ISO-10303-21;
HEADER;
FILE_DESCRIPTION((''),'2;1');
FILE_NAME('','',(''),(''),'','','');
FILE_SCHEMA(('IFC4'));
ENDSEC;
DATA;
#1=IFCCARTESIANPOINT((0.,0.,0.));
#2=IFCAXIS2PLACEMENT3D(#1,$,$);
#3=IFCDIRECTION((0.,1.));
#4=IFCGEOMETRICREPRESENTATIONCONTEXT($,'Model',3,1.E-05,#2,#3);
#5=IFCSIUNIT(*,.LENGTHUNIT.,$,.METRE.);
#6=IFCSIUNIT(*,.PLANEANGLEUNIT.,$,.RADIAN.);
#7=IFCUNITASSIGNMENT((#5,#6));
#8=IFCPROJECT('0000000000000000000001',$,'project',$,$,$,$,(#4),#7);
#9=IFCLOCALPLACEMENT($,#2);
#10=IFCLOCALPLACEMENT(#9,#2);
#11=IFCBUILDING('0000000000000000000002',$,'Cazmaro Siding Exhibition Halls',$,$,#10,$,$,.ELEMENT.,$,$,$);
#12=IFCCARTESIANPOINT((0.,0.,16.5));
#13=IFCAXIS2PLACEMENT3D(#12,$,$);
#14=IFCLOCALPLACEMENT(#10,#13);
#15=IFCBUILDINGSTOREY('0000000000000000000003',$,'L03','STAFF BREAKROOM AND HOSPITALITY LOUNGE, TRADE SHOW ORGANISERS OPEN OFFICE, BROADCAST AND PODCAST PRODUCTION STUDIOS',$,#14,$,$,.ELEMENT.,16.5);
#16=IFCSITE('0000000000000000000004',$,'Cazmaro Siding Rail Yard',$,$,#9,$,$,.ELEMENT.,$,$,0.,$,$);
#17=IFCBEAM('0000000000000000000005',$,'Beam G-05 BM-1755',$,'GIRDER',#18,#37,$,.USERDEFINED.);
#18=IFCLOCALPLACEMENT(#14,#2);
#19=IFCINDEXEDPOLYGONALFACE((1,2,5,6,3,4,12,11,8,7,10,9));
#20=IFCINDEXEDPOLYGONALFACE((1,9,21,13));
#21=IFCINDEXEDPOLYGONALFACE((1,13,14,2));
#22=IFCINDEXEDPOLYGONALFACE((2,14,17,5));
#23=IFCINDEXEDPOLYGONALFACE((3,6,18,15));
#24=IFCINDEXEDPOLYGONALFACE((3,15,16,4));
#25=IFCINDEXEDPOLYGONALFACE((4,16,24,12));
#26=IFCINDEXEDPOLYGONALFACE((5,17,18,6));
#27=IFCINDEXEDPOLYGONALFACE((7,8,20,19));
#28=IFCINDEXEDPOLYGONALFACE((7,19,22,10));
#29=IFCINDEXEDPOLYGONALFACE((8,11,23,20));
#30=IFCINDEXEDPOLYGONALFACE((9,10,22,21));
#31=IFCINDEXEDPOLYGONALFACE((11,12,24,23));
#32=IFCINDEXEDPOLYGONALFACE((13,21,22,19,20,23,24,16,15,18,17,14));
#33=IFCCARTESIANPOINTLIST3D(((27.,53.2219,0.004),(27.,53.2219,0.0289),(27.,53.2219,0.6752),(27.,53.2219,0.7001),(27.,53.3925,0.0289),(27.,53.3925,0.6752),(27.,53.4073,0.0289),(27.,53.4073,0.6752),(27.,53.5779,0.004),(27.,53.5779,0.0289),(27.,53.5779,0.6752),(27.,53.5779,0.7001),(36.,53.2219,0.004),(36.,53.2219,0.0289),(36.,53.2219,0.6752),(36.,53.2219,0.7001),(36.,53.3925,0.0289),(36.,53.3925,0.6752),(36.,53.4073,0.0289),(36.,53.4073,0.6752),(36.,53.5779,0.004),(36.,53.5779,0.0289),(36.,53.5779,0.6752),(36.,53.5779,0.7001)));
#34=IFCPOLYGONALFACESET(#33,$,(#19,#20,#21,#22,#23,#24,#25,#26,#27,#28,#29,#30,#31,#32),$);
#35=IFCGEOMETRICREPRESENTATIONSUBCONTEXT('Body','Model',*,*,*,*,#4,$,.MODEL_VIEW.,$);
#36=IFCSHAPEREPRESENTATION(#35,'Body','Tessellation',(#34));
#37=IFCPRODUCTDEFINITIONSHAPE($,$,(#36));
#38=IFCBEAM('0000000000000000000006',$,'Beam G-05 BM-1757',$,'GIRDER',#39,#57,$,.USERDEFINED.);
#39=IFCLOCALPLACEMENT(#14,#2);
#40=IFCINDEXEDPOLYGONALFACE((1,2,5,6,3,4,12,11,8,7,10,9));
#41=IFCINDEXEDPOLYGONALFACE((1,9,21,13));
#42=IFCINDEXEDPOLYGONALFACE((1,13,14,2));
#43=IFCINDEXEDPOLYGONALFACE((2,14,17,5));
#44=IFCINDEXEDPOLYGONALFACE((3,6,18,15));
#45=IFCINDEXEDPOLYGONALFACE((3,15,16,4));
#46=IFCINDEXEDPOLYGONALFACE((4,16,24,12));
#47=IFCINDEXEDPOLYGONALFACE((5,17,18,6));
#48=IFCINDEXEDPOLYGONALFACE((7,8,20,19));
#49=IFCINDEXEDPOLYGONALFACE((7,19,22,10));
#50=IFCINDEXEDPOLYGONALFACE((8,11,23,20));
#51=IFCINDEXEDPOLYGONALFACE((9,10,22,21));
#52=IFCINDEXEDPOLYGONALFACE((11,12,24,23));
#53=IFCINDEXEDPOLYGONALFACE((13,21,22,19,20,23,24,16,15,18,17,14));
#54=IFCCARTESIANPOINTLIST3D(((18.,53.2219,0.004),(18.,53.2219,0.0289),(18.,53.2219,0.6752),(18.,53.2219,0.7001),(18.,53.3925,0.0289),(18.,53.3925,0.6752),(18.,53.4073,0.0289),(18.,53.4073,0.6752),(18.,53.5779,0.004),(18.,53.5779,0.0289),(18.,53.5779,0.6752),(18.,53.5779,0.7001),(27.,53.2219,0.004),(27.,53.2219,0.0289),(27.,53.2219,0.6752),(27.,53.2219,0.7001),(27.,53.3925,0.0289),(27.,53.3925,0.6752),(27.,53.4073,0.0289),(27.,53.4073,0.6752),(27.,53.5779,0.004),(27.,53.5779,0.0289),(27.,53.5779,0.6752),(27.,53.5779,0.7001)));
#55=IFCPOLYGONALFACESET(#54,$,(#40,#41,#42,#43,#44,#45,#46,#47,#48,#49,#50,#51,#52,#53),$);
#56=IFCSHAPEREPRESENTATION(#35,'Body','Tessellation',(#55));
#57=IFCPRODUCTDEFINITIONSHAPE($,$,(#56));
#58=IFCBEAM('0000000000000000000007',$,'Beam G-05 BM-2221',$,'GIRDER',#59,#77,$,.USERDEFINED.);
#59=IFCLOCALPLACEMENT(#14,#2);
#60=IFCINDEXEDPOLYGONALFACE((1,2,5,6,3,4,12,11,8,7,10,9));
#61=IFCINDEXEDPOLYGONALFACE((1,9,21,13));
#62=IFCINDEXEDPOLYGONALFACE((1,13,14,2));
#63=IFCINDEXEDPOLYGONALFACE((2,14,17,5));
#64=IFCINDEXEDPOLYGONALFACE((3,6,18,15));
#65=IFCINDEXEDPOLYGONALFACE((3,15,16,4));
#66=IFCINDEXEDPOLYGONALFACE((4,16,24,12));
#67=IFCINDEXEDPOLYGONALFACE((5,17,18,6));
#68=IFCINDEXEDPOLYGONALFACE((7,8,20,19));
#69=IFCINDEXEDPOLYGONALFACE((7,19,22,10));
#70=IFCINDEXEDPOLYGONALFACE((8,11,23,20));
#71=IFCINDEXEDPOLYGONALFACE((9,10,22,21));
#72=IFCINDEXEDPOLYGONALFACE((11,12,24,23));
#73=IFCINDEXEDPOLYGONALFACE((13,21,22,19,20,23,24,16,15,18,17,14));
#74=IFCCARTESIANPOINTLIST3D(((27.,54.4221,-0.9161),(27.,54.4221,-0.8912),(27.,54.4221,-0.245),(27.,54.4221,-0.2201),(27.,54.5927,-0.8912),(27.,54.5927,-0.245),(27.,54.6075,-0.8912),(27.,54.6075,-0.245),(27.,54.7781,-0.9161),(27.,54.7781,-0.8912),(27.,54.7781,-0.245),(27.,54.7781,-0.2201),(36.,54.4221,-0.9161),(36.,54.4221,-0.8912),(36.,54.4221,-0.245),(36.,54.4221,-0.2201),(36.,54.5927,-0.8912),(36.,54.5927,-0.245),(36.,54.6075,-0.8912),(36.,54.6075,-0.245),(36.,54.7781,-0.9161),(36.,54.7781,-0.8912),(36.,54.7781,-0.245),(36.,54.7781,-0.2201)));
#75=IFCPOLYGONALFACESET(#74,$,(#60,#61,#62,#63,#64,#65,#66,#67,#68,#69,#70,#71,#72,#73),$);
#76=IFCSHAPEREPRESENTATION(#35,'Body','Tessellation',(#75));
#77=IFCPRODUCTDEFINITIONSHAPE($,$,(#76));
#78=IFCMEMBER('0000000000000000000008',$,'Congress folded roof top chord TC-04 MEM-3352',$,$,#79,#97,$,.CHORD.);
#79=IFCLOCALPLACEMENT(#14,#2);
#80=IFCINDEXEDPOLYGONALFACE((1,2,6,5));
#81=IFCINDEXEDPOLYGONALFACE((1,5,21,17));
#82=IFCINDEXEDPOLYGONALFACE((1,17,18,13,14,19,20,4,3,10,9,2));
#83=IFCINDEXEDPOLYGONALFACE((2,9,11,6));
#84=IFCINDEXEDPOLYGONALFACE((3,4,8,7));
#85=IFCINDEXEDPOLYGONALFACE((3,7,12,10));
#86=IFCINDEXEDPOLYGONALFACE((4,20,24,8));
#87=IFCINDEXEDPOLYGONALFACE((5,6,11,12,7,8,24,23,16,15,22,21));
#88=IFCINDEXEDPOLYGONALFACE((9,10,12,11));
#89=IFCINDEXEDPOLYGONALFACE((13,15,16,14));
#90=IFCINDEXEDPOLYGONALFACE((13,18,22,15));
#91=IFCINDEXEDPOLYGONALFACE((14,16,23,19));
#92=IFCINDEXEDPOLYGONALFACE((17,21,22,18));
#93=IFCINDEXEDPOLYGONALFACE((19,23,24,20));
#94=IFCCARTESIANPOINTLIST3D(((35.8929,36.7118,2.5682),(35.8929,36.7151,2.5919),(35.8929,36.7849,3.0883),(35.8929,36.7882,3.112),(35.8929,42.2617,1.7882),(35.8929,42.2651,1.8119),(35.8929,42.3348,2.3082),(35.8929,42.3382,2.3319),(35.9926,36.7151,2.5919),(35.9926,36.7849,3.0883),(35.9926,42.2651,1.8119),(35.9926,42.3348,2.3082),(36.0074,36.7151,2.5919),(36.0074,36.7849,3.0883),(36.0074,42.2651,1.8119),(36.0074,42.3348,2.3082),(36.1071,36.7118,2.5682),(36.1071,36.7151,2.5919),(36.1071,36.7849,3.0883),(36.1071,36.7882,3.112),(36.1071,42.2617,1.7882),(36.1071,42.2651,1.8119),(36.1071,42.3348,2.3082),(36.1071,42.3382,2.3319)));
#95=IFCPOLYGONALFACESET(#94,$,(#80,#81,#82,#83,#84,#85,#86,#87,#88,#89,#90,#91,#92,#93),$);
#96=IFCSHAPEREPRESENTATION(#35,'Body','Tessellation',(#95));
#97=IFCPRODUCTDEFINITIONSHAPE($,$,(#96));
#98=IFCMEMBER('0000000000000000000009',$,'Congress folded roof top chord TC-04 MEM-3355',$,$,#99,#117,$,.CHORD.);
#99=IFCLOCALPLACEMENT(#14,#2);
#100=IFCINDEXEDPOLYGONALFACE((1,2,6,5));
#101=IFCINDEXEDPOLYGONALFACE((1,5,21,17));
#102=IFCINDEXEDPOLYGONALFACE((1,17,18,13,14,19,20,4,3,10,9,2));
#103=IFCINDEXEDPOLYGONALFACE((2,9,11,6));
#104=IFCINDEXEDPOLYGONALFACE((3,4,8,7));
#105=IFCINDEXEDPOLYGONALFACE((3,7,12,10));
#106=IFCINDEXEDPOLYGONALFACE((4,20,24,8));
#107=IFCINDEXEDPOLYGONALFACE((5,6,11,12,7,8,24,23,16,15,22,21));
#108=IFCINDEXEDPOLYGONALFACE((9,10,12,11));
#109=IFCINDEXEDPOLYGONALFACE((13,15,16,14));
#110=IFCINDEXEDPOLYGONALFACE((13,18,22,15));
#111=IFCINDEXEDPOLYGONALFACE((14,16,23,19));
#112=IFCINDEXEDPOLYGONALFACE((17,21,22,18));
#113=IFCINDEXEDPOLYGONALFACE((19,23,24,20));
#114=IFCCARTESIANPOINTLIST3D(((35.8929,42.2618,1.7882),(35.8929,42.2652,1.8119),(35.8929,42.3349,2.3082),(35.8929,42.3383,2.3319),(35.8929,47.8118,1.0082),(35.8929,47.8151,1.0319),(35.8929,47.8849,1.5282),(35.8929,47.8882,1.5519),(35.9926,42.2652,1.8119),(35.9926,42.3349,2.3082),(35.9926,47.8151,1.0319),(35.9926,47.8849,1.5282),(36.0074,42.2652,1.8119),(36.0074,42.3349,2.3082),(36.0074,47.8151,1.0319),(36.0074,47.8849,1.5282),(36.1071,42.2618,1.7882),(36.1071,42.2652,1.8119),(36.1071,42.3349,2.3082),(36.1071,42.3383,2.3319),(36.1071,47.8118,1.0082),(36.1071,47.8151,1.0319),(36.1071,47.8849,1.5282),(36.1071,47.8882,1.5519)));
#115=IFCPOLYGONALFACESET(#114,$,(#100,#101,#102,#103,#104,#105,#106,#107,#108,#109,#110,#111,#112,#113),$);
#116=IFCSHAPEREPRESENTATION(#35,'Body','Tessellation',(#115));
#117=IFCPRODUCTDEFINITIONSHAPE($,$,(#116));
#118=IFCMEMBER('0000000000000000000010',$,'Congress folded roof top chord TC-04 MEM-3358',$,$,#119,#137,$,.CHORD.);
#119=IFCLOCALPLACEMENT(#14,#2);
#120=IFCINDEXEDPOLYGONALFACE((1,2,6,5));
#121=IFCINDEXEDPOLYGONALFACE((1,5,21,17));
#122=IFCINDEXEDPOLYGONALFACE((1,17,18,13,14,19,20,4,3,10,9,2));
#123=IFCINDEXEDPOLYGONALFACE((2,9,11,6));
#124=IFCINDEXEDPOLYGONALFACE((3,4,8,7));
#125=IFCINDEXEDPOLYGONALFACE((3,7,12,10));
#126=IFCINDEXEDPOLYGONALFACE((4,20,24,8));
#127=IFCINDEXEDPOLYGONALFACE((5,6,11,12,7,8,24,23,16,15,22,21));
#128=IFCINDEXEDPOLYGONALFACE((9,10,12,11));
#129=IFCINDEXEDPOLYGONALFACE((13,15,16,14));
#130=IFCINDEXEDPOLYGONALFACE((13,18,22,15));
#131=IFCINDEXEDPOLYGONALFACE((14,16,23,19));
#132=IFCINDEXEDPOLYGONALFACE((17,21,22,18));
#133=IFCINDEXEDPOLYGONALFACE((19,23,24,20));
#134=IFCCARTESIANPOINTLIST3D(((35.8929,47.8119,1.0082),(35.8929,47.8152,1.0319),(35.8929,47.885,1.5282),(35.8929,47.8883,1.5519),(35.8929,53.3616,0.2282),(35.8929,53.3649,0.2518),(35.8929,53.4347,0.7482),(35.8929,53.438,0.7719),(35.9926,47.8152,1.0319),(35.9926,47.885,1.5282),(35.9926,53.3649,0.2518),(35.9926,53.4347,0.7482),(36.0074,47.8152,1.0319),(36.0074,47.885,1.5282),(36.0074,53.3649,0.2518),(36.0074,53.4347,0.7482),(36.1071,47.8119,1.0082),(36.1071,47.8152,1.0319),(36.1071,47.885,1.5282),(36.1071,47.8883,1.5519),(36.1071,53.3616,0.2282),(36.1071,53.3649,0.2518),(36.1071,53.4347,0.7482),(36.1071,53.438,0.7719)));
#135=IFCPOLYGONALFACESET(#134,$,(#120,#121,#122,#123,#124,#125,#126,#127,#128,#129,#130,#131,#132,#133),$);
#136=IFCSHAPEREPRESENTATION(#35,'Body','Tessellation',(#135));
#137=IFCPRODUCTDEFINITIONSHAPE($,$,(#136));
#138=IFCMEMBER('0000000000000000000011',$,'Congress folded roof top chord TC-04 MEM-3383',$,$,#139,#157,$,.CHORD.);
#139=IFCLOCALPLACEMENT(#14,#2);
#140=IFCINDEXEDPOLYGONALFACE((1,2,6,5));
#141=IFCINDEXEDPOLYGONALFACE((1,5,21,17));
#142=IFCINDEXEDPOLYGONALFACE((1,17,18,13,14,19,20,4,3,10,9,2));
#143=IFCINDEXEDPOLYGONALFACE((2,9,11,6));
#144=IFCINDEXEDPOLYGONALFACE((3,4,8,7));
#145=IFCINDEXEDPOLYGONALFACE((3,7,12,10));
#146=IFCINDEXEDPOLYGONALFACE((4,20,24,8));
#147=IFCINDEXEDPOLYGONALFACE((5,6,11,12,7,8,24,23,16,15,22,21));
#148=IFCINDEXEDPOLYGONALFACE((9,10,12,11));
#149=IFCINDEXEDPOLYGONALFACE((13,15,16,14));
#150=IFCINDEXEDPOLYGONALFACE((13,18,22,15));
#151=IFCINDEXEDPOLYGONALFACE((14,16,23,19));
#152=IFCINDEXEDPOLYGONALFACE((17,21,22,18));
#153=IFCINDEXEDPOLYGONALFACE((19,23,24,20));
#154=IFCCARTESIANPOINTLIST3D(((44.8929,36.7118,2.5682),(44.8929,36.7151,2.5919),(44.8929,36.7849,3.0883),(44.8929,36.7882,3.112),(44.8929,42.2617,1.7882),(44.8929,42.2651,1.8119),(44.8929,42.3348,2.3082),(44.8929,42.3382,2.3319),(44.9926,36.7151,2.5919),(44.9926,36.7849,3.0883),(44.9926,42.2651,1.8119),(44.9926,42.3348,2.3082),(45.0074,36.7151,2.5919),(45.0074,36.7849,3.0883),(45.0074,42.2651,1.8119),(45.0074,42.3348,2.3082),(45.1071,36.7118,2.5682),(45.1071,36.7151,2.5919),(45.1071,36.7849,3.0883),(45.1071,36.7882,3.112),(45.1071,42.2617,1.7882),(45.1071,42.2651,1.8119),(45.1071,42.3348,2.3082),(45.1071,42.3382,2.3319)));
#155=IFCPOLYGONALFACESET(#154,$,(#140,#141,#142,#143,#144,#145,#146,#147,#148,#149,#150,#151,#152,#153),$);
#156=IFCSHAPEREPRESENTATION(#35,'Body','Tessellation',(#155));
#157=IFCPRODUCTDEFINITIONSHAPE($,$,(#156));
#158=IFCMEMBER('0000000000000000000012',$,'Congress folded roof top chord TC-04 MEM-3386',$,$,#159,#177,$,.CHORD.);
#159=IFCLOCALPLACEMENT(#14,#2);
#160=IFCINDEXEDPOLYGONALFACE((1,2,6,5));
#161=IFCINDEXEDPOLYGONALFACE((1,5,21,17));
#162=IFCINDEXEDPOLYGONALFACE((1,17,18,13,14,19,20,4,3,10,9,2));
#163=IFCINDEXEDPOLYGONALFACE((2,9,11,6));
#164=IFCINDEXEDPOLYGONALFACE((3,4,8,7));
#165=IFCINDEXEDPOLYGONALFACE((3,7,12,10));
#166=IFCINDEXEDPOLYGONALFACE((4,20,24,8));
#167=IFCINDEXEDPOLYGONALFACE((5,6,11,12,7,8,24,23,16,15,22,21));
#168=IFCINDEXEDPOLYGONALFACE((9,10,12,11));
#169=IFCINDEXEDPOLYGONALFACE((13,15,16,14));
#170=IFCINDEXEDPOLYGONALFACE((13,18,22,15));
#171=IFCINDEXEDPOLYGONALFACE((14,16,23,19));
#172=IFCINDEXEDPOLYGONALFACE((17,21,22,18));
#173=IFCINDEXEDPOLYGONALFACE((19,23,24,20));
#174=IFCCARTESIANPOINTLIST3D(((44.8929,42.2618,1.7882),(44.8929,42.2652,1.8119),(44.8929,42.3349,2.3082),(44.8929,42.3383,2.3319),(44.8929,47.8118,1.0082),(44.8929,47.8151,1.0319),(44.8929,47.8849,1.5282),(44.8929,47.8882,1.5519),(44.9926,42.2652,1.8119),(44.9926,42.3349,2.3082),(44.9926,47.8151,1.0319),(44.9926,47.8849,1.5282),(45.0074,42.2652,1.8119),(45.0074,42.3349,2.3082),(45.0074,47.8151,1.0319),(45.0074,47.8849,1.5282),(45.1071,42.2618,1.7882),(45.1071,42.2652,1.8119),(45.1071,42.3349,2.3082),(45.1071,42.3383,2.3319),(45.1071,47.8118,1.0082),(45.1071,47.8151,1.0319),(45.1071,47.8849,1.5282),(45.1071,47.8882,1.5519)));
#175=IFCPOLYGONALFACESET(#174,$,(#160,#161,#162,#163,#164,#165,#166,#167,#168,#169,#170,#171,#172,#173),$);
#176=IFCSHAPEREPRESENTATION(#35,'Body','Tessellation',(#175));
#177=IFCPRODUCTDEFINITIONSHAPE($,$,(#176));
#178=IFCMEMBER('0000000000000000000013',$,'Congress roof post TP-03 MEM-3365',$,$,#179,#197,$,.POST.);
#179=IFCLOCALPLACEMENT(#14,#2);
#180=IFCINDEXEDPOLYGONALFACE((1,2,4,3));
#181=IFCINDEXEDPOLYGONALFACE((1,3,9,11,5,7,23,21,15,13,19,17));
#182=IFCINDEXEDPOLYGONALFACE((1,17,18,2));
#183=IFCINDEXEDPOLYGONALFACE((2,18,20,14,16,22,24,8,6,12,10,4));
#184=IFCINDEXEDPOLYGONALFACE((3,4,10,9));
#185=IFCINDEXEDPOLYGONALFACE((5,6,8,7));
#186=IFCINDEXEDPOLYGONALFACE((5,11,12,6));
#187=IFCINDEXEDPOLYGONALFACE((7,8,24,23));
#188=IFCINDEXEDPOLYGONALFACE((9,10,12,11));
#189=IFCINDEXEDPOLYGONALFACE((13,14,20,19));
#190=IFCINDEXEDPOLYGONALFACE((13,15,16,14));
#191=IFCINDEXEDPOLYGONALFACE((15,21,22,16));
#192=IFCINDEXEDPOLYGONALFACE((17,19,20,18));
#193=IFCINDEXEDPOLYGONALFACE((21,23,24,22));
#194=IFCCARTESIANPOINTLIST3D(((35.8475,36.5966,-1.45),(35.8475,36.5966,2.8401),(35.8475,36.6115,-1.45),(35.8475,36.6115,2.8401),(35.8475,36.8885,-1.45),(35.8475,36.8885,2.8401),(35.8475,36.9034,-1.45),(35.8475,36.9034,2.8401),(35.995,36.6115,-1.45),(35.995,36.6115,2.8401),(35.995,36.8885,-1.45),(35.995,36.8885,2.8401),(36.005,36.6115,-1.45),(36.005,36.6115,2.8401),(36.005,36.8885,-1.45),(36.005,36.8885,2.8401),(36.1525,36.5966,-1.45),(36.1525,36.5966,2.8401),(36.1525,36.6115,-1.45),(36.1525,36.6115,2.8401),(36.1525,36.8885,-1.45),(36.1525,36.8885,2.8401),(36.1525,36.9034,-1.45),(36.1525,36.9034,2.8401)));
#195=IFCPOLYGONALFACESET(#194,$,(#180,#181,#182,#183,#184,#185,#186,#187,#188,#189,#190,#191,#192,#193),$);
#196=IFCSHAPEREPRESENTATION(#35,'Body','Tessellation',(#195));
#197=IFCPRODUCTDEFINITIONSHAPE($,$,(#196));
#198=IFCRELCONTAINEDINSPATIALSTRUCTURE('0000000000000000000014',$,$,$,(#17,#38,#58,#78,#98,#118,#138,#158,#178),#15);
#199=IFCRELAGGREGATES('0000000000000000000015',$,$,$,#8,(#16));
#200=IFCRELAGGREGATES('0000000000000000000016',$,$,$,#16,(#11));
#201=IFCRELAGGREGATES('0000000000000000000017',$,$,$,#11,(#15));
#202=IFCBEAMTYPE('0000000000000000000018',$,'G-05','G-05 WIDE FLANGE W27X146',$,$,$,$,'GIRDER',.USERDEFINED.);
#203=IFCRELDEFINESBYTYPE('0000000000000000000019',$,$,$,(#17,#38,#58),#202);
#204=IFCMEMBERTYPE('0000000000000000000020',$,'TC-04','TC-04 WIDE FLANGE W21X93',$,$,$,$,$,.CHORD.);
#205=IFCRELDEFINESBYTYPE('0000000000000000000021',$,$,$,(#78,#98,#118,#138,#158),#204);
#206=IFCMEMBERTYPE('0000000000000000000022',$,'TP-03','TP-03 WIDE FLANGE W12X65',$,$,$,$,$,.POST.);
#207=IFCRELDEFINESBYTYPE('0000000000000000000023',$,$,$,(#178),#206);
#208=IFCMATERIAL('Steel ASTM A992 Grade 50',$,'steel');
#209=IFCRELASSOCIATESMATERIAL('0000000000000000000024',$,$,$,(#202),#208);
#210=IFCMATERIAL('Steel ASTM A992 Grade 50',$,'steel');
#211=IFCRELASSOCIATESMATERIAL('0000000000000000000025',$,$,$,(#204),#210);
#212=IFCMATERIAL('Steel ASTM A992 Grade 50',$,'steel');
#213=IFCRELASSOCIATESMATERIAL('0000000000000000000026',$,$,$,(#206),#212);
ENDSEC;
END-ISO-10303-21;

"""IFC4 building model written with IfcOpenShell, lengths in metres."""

from ifc_helpers import new_model, si_unit, direction, frame, origin, origin_2d, place, context, subcontext, project, spatial, i_section, extrude, material, material_profile, profile_set, type_object, element, save


model = new_model("IFC4")

# Units and contexts
model_context = context("Model", 3, precision=1e-05, world=origin(), true_north=direction((0.0, 1.0)))
body_context = subcontext(model_context, "Body", "Model", "MODEL_VIEW")
ifc_project = project(units=[si_unit("LENGTHUNIT", "METRE"), si_unit("PLANEANGLEUNIT", "RADIAN")], contexts=[model_context])

# Site, building, storey
site_placement = place(None, origin())
site = spatial("IfcSite", under=ifc_project, at=site_placement, Name="Cazmaro Siding Rail Yard", CompositionType="ELEMENT", RefElevation=0.0)
building_placement = place(site_placement, origin())
building = spatial("IfcBuilding", under=site, at=building_placement, Name="Cazmaro Siding Exhibition Halls", CompositionType="ELEMENT")
storey_placement = place(building_placement, frame((0.0, 0.0, 16.5)))
storey = spatial("IfcBuildingStorey", under=building, at=storey_placement, Name="L03", Description="STAFF BREAKROOM AND HOSPITALITY LOUNGE, TRADE SHOW ORGANISERS OPEN OFFICE, BROADCAST AND PODCAST PRODUCTION STUDIOS", CompositionType="ELEMENT", Elevation=16.5)

# Beams
ifc_material_1 = material(Name="Steel ASTM A992 Grade 50", Category="steel")
ifc_material_profile_1 = material_profile(ifc_material_1, i_section(OverallWidth=0.356, OverallDepth=0.696, WebThickness=0.0149, FlangeThickness=0.0249, at=origin_2d()), Name="W27X146")
ifc_profile_set_1 = profile_set([ifc_material_profile_1], Name="Steel ASTM A992 Grade 50")
beam_type_1 = type_object("IfcBeamType", Name="G-05", Description="G-05 WIDE FLANGE W27X146", ElementType="GIRDER", PredefinedType="USERDEFINED", material=ifc_profile_set_1)
for number, where, z_axis, x_axis, name in (
    (1, (36.0, 53.3999, 0.3521), (-1.0, 0.0, 0.0), (0.0, -1.0, 0.0), "Beam G-05 BM-1755"),
    (2, (27.0, 53.3999, 0.3521), (-1.0, 0.0, 0.0), (0.0, -1.0, 0.0), "Beam G-05 BM-1757"),
    (3, (27.0, 54.6001, -0.5681), (1.0, 0.0, 0.0), (0.0, 1.0, 0.0), "Beam G-05 BM-2221"),
):
    element("IfcBeam", number, at=place(storey_placement, frame(where, z_axis=z_axis, x_axis=x_axis)), inside=storey, type_object=beam_type_1, Name=name, ObjectType="GIRDER", PredefinedType="USERDEFINED", context=body_context, shape_type="SweptSolid", body=[
        extrude(i_section(OverallWidth=0.356, OverallDepth=0.696, WebThickness=0.0149, FlangeThickness=0.0249, at=origin_2d()), origin(), (0.0, 0.0, 1.0), 9.0),
    ])

# Members
ifc_material_2 = material(Name="Steel ASTM A992 Grade 50", Category="steel")
ifc_material_profile_2 = material_profile(ifc_material_2, i_section(OverallWidth=0.2141, OverallDepth=0.5491, WebThickness=0.0149, FlangeThickness=0.0239, at=origin_2d()), Name="W21X93")
ifc_profile_set_2 = profile_set([ifc_material_profile_2], Name="Steel ASTM A992 Grade 50")
member_type_1 = type_object("IfcMemberType", Name="TC-04", Description="TC-04 WIDE FLANGE W21X93", PredefinedType="CHORD", material=ifc_profile_set_2)
for number, where, z_axis, x_axis, name in (
    (4, (36.0, 36.75, 2.8401), (0.0, 0.990268, -0.139177), (-1.0, 0.0, 0.0), "Congress folded roof top chord TC-04 MEM-3352"),
    (5, (36.0, 42.3, 2.0601), (0.0, 0.990268, -0.139177), (-1.0, 0.0, 0.0), "Congress folded roof top chord TC-04 MEM-3355"),
):
    element("IfcMember", number, at=place(storey_placement, frame(where, z_axis=z_axis, x_axis=x_axis)), inside=storey, type_object=member_type_1, Name=name, PredefinedType="CHORD", context=body_context, shape_type="SweptSolid", body=[
        extrude(i_section(OverallWidth=0.2141, OverallDepth=0.5491, WebThickness=0.0149, FlangeThickness=0.0239, at=origin_2d()), origin(), (0.0, 0.0, 1.0), 5.6045),
    ])
member_1_placement = place(storey_placement, frame((36.0, 47.8501, 1.28), z_axis=(0.0, 0.990267, -0.139183), x_axis=(-1.0, 0.0, 0.0)))
element("IfcMember", 6, at=member_1_placement, inside=storey, type_object=member_type_1, Name="Congress folded roof top chord TC-04 MEM-3358", PredefinedType="CHORD", context=body_context, shape_type="SweptSolid", body=[
    extrude(i_section(OverallWidth=0.2141, OverallDepth=0.5491, WebThickness=0.0149, FlangeThickness=0.0239, at=origin_2d()), origin(), (0.0, 0.0, 1.0), 5.6042),
])
for number, where, z_axis, x_axis, name in (
    (7, (45.0, 36.75, 2.8401), (0.0, 0.990268, -0.139177), (-1.0, 0.0, 0.0), "Congress folded roof top chord TC-04 MEM-3383"),
    (8, (45.0, 42.3, 2.0601), (0.0, 0.990268, -0.139177), (-1.0, 0.0, 0.0), "Congress folded roof top chord TC-04 MEM-3386"),
):
    element("IfcMember", number, at=place(storey_placement, frame(where, z_axis=z_axis, x_axis=x_axis)), inside=storey, type_object=member_type_1, Name=name, PredefinedType="CHORD", context=body_context, shape_type="SweptSolid", body=[
        extrude(i_section(OverallWidth=0.2141, OverallDepth=0.5491, WebThickness=0.0149, FlangeThickness=0.0239, at=origin_2d()), origin(), (0.0, 0.0, 1.0), 5.6045),
    ])
ifc_material_3 = material(Name="Steel ASTM A992 Grade 50", Category="steel")
ifc_material_profile_3 = material_profile(ifc_material_3, i_section(OverallWidth=0.3049, OverallDepth=0.3069, WebThickness=0.01, FlangeThickness=0.0149, at=origin_2d()), Name="W12X65")
ifc_profile_set_3 = profile_set([ifc_material_profile_3], Name="Steel ASTM A992 Grade 50")
member_type_2 = type_object("IfcMemberType", Name="TP-03", Description="TP-03 WIDE FLANGE W12X65", PredefinedType="POST", material=ifc_profile_set_3)
member_2_placement = place(storey_placement, frame((36.0, 36.75, -1.45), z_axis=(0.0, 0.0, 1.0), x_axis=(1.0, 0.0, 0.0)))
element("IfcMember", 9, at=member_2_placement, inside=storey, type_object=member_type_2, Name="Congress roof post TP-03 MEM-3365", PredefinedType="POST", context=body_context, shape_type="SweptSolid", body=[
    extrude(i_section(OverallWidth=0.3049, OverallDepth=0.3069, WebThickness=0.01, FlangeThickness=0.0149, at=origin_2d()), origin(), (0.0, 0.0, 1.0), 4.29),
])

save(model, "model.ifc")
